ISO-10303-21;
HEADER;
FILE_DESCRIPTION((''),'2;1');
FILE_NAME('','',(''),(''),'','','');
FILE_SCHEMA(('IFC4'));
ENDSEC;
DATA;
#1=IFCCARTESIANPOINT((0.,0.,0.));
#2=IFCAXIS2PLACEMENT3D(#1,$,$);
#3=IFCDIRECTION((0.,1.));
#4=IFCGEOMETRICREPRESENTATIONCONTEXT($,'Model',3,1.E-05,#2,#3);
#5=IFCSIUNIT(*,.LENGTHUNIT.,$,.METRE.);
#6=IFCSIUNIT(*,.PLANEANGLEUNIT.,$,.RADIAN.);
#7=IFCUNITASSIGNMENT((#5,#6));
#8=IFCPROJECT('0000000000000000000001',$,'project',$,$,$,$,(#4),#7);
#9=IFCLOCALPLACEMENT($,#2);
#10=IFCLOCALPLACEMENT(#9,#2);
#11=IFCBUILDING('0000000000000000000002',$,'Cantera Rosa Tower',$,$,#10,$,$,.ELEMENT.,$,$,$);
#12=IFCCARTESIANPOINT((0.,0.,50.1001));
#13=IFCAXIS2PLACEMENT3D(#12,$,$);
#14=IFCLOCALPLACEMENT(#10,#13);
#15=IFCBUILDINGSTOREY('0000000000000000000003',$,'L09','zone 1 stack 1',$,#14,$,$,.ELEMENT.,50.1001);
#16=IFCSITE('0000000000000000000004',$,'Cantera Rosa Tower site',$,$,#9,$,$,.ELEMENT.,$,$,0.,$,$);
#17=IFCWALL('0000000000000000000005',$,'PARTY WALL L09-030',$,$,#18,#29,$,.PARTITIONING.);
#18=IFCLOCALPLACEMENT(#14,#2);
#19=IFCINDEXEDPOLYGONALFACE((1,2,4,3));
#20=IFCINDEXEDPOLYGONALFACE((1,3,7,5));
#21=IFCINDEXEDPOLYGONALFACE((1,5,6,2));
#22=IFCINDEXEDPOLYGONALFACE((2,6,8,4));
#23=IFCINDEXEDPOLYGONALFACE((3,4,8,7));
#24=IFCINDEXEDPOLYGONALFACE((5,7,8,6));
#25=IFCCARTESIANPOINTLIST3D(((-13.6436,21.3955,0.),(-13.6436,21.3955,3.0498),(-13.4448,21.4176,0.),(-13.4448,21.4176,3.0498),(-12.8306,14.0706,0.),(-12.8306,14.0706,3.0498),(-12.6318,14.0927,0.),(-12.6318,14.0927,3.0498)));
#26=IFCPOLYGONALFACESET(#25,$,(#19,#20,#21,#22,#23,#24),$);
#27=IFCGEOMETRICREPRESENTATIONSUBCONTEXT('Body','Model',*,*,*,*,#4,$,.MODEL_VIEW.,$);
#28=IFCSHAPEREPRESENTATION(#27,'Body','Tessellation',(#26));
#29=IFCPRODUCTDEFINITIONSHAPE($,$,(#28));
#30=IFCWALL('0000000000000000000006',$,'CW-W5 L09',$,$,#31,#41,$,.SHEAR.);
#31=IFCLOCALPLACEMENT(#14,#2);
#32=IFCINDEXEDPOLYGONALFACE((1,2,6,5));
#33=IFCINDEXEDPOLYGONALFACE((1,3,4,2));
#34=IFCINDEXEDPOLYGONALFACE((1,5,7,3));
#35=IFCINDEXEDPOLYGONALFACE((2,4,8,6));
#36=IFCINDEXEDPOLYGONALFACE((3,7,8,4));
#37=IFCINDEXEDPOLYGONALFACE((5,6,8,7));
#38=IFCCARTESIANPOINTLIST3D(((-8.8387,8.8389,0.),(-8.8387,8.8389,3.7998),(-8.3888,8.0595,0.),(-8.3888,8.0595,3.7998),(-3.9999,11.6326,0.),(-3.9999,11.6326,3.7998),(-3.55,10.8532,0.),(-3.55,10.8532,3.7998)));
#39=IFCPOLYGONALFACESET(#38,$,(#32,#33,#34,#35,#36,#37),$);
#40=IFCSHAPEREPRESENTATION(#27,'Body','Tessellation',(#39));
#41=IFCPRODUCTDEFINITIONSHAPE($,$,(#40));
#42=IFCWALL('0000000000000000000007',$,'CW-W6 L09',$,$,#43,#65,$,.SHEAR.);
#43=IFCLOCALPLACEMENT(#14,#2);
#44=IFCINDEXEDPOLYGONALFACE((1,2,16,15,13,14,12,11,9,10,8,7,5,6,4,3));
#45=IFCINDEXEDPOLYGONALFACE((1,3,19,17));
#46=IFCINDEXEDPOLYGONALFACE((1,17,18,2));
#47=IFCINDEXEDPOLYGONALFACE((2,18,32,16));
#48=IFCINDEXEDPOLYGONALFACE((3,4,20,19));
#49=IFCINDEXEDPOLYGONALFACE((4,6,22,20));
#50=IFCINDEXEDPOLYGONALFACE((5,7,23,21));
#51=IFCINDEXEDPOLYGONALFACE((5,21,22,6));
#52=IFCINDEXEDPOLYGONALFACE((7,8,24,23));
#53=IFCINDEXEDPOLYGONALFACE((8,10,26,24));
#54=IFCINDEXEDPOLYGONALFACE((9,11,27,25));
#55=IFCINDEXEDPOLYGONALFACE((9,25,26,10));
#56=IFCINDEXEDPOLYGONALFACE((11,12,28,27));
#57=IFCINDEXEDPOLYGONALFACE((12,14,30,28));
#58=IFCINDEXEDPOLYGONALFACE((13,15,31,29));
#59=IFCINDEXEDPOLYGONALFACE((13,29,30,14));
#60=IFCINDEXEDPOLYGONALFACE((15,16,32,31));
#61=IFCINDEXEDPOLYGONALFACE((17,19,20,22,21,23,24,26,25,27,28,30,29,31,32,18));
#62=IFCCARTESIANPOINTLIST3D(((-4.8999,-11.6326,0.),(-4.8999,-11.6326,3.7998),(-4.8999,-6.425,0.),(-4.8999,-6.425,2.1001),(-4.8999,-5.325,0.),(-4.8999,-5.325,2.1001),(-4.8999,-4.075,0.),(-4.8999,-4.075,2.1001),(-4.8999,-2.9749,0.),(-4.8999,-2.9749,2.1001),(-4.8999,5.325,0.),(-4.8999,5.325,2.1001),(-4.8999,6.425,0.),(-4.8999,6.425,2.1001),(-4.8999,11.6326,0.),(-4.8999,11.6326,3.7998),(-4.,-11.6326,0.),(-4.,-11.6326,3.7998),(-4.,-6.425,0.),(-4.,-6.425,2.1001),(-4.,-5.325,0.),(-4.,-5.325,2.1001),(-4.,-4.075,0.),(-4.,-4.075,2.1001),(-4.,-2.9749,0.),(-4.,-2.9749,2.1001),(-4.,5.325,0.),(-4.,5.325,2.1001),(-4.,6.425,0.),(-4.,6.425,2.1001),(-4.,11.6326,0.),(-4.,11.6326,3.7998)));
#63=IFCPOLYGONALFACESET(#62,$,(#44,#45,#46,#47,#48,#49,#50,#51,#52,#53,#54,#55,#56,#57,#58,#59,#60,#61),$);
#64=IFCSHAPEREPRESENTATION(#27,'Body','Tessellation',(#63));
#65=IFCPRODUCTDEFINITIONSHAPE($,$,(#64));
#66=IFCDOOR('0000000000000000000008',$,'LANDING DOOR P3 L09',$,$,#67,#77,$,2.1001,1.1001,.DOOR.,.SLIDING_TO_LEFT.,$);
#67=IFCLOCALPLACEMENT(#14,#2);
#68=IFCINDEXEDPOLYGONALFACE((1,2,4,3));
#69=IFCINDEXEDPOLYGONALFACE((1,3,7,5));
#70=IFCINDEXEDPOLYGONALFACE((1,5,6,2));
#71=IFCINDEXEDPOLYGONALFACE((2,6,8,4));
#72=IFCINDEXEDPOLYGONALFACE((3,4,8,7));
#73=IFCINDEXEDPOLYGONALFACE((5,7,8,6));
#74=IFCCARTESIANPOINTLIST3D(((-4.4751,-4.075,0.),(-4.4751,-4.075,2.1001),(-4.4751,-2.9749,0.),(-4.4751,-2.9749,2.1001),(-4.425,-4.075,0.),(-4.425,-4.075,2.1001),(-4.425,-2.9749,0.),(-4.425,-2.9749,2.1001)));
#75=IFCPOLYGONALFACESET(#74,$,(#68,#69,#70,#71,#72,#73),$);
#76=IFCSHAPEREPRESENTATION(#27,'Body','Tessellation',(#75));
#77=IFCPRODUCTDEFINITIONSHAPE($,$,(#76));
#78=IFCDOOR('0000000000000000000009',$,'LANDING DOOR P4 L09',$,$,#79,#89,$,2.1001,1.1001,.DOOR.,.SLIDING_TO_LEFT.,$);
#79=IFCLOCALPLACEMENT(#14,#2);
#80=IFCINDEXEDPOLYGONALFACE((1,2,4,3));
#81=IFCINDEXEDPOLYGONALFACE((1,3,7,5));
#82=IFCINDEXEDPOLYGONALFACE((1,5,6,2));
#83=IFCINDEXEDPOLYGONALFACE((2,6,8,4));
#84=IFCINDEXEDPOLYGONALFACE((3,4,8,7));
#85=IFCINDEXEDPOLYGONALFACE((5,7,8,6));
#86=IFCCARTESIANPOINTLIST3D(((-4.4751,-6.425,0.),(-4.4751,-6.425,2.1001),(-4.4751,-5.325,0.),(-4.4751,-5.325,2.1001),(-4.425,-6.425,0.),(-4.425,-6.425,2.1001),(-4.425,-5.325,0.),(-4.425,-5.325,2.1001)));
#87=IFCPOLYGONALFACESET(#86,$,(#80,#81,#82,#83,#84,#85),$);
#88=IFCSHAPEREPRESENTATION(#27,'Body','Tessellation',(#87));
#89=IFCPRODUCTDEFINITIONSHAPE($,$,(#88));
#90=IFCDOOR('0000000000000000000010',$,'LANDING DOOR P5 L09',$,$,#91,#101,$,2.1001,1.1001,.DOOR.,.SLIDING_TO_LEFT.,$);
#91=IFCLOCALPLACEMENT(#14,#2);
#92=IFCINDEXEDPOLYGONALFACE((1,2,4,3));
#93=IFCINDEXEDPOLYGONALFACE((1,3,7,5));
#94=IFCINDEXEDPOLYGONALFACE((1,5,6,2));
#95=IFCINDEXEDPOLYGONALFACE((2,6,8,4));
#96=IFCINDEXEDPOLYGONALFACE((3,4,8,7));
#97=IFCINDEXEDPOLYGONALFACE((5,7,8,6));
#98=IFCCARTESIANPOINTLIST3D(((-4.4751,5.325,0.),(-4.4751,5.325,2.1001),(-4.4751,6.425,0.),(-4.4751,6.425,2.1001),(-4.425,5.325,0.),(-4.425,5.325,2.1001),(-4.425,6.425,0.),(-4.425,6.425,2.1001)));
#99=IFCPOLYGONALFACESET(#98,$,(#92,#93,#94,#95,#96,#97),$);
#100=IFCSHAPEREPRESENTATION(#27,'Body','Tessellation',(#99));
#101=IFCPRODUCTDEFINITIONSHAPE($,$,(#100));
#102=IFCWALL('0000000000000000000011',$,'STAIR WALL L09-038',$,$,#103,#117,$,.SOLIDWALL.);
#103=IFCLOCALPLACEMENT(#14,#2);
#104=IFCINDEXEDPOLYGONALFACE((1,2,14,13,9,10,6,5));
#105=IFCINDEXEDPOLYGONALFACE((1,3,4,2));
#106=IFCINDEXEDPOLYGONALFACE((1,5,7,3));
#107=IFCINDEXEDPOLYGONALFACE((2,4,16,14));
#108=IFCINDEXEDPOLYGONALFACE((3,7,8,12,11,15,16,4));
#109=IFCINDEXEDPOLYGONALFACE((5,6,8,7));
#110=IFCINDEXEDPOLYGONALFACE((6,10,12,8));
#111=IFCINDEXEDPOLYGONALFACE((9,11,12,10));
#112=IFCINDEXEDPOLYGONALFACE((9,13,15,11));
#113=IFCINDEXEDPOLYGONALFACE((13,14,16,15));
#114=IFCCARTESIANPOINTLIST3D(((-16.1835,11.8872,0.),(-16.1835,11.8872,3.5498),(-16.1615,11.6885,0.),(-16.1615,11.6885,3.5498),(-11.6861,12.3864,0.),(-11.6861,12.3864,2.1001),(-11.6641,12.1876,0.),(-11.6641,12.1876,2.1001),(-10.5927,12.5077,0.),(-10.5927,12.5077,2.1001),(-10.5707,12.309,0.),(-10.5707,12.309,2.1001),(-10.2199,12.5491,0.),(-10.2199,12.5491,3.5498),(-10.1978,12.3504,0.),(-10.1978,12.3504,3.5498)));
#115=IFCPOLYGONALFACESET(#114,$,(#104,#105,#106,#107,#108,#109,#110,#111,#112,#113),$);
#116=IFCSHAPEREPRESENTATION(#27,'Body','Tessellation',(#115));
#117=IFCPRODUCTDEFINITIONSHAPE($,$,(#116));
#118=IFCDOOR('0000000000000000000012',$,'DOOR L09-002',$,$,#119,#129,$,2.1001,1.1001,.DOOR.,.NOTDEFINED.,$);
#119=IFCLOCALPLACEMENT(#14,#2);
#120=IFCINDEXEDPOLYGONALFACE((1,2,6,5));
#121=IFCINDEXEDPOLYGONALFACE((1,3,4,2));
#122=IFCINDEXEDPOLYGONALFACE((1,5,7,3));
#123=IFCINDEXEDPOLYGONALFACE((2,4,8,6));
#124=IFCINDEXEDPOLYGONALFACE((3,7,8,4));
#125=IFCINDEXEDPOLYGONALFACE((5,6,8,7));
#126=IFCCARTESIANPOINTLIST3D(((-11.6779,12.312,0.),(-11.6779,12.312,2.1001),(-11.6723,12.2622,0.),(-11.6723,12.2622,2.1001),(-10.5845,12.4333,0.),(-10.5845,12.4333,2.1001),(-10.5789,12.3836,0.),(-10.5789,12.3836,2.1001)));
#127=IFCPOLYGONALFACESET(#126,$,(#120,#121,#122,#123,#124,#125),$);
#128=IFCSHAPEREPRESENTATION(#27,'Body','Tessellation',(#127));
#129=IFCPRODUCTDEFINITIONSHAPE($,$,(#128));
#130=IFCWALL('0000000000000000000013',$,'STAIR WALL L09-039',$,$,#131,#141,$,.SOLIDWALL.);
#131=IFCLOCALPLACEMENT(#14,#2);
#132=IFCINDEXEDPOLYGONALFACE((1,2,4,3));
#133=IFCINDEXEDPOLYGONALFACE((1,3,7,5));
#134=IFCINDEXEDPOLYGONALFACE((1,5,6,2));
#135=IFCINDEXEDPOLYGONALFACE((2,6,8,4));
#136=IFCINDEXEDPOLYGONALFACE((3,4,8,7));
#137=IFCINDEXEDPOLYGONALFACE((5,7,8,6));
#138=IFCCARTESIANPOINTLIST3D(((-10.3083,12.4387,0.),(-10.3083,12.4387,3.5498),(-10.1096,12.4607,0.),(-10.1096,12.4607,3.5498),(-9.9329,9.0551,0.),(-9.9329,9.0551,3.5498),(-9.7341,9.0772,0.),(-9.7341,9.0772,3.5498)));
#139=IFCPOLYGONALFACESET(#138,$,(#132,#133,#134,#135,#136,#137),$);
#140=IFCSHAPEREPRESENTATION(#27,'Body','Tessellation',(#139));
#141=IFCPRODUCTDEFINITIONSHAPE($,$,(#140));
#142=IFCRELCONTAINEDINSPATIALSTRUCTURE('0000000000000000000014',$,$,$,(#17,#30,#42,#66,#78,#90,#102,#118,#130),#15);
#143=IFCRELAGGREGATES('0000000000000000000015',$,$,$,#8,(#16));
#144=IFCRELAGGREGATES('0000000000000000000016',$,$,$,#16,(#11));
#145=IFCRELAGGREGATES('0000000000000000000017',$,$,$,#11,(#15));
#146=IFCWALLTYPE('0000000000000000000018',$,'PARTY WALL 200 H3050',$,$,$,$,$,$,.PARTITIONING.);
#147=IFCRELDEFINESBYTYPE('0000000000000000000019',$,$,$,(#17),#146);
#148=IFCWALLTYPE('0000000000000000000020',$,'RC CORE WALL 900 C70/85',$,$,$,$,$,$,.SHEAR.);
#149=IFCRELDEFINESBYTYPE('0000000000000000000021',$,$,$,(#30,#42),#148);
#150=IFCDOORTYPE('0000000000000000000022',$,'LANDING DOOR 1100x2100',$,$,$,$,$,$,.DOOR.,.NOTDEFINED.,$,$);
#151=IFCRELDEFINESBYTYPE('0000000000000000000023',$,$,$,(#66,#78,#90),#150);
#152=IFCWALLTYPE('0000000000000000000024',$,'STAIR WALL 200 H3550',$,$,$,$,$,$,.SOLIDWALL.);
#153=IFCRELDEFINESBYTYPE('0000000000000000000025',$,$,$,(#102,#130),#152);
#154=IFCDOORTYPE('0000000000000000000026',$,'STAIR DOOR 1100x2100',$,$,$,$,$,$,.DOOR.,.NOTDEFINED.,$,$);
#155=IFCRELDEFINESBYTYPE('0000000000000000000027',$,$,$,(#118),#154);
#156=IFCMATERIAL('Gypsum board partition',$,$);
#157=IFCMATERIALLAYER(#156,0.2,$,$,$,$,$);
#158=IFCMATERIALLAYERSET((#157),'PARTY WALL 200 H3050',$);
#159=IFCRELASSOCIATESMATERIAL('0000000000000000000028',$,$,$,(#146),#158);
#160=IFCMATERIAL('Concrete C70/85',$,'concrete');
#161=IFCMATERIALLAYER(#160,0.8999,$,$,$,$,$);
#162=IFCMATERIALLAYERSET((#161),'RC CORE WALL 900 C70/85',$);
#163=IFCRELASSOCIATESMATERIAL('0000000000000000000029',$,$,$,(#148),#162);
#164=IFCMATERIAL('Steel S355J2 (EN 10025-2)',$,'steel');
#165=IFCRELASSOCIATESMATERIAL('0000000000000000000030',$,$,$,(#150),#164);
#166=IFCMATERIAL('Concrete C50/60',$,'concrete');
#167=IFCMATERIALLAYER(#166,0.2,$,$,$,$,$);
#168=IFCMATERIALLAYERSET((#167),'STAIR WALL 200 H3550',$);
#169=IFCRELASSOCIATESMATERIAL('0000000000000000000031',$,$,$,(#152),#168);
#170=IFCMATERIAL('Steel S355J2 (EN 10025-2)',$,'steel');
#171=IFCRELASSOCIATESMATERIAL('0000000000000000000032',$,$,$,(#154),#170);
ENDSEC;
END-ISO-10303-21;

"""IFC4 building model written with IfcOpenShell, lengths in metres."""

from ifc_helpers import new_model, si_unit, direction, frame, frame_2d, origin, place, context, subcontext, project, spatial, rectangle, extrude, material, layer, layer_set, type_object, element, fill, save


model = new_model("IFC4")

# Units and contexts
model_context = context("Model", 3, precision=1e-05, world=origin(), true_north=direction((0.0, 1.0)))
body_context = subcontext(model_context, "Body", "Model", "MODEL_VIEW")
ifc_project = project(units=[si_unit("LENGTHUNIT", "METRE"), si_unit("PLANEANGLEUNIT", "RADIAN")], contexts=[model_context])

# Site, building, storey
site_placement = place(None, origin())
site = spatial("IfcSite", under=ifc_project, at=site_placement, Name="Cantera Rosa Tower site", CompositionType="ELEMENT", RefElevation=0.0)
building_placement = place(site_placement, origin())
building = spatial("IfcBuilding", under=site, at=building_placement, Name="Cantera Rosa Tower", CompositionType="ELEMENT")
storey_placement = place(building_placement, frame((0.0, 0.0, 50.1001)))
storey = spatial("IfcBuildingStorey", under=building, at=storey_placement, Name="L09", Description="zone 1 stack 1", CompositionType="ELEMENT", Elevation=50.1001)

# Walls
ifc_material_1 = material(Name="Gypsum board partition")
ifc_layer_1 = layer(ifc_material_1, 0.2)
ifc_layer_set_1 = layer_set([ifc_layer_1], Name="PARTY WALL 200 H3050")
wall_type_1 = type_object("IfcWallType", Name="PARTY WALL 200 H3050", PredefinedType="PARTITIONING", material=ifc_layer_set_1)
wall_1_placement = place(storey_placement, frame((-12.7312, 14.0815, 0.0), z_axis=(0.0, 0.0, 1.0), x_axis=(-0.110312, 0.993897, 0.0)))
element("IfcWall", 1, at=wall_1_placement, inside=storey, type_object=wall_type_1, Name="PARTY WALL L09-030", PredefinedType="PARTITIONING", context=body_context, shape_type="SweptSolid", body=[
    extrude(rectangle(XDim=7.3699, YDim=0.2, at=frame_2d((3.6851, 0.0))), origin(), (0.0, 0.0, 1.0), 3.0498),
])
ifc_material_2 = material(Name="Concrete C70/85", Category="concrete")
ifc_layer_2 = layer(ifc_material_2, 0.8999)
ifc_layer_set_2 = layer_set([ifc_layer_2], Name="RC CORE WALL 900 C70/85")
wall_type_2 = type_object("IfcWallType", Name="RC CORE WALL 900 C70/85", PredefinedType="SHEAR", material=ifc_layer_set_2)
wall_2_placement = place(storey_placement, frame((-8.6138, 8.4492, 0.0), z_axis=(0.0, 0.0, 1.0), x_axis=(0.866027, 0.499997, 0.0)))
element("IfcWall", 2, at=wall_2_placement, inside=storey, type_object=wall_type_2, Name="CW-W5 L09", PredefinedType="SHEAR", context=body_context, shape_type="SweptSolid", body=[
    extrude(rectangle(XDim=5.5874, YDim=0.8999, at=frame_2d((2.7937, 0.0))), origin(), (0.0, 0.0, 1.0), 3.7998),
])

# Wall, openings, doors
wall_3_placement = place(storey_placement, frame((-4.45, 11.6326, 0.0), z_axis=(0.0, 0.0, 1.0), x_axis=(0.0, -1.0, 0.0)))
wall_3 = element("IfcWall", 3, at=wall_3_placement, inside=storey, type_object=wall_type_2, Name="CW-W6 L09", PredefinedType="SHEAR", context=body_context, shape_type="SweptSolid", body=[
    extrude(rectangle(XDim=23.2651, YDim=0.8999, at=frame_2d((11.6326, 0.0))), origin(), (0.0, 0.0, 1.0), 3.7998),
])
opening_1_placement = place(wall_3_placement, frame((14.6074, 0.0, 0.0)))
opening_1 = element("IfcOpeningElement", 4, at=opening_1_placement, cuts=wall_3, PredefinedType="OPENING", context=body_context, shape_type="SweptSolid", body=[
    extrude(rectangle(XDim=1.1001, YDim=2.1001, at=frame_2d((0.55, 1.05))), frame((0.0, 0.46, 0.0), z_axis=(0.0, -1.0, 0.0), x_axis=(1.0, 0.0, 0.0)), (0.0, 0.0, 1.0), 0.9199),
])
opening_2_placement = place(wall_3_placement, frame((16.9575, 0.0, 0.0)))
opening_2 = element("IfcOpeningElement", 5, at=opening_2_placement, cuts=wall_3, PredefinedType="OPENING", context=body_context, shape_type="SweptSolid", body=[
    extrude(rectangle(XDim=1.1001, YDim=2.1001, at=frame_2d((0.55, 1.05))), frame((0.0, 0.46, 0.0), z_axis=(0.0, -1.0, 0.0), x_axis=(1.0, 0.0, 0.0)), (0.0, 0.0, 1.0), 0.9199),
])
opening_3_placement = place(wall_3_placement, frame((5.2075, 0.0, 0.0)))
opening_3 = element("IfcOpeningElement", 6, at=opening_3_placement, cuts=wall_3, PredefinedType="OPENING", context=body_context, shape_type="SweptSolid", body=[
    extrude(rectangle(XDim=1.1001, YDim=2.1001, at=frame_2d((0.55, 1.05))), frame((0.0, 0.46, 0.0), z_axis=(0.0, -1.0, 0.0), x_axis=(1.0, 0.0, 0.0)), (0.0, 0.0, 1.0), 0.9199),
])
ifc_material_3 = material(Name="Steel S355J2 (EN 10025-2)", Category="steel")
door_type_1 = type_object("IfcDoorType", Name="LANDING DOOR 1100x2100", OperationType="NOTDEFINED", PredefinedType="DOOR", material=ifc_material_3)
door_1_placement = place(opening_1_placement, origin())
door_1 = element("IfcDoor", 7, at=door_1_placement, inside=storey, type_object=door_type_1, Name="LANDING DOOR P3 L09", OperationType="SLIDING_TO_LEFT", OverallHeight=2.1001, OverallWidth=1.1001, PredefinedType="DOOR", context=body_context, shape_type="SweptSolid", body=[
    extrude(rectangle(XDim=1.1001, YDim=2.1001, at=frame_2d((0.55, 1.05))), frame((0.0, 0.0249, 0.0), z_axis=(0.0, -1.0, 0.0), x_axis=(1.0, 0.0, 0.0)), (0.0, 0.0, 1.0), 0.05),
])
fill(opening_1, door_1)
door_2_placement = place(opening_2_placement, origin())
door_2 = element("IfcDoor", 8, at=door_2_placement, inside=storey, type_object=door_type_1, Name="LANDING DOOR P4 L09", OperationType="SLIDING_TO_LEFT", OverallHeight=2.1001, OverallWidth=1.1001, PredefinedType="DOOR", context=body_context, shape_type="SweptSolid", body=[
    extrude(rectangle(XDim=1.1001, YDim=2.1001, at=frame_2d((0.55, 1.05))), frame((0.0, 0.0249, 0.0), z_axis=(0.0, -1.0, 0.0), x_axis=(1.0, 0.0, 0.0)), (0.0, 0.0, 1.0), 0.05),
])
fill(opening_2, door_2)
door_3_placement = place(opening_3_placement, origin())
door_3 = element("IfcDoor", 9, at=door_3_placement, inside=storey, type_object=door_type_1, Name="LANDING DOOR P5 L09", OperationType="SLIDING_TO_LEFT", OverallHeight=2.1001, OverallWidth=1.1001, PredefinedType="DOOR", context=body_context, shape_type="SweptSolid", body=[
    extrude(rectangle(XDim=1.1001, YDim=2.1001, at=frame_2d((0.55, 1.05))), frame((0.0, 0.0249, 0.0), z_axis=(0.0, -1.0, 0.0), x_axis=(1.0, 0.0, 0.0)), (0.0, 0.0, 1.0), 0.05),
])
fill(opening_3, door_3)

# Wall, opening, door
ifc_material_4 = material(Name="Concrete C50/60", Category="concrete")
ifc_layer_3 = layer(ifc_material_4, 0.2)
ifc_layer_set_3 = layer_set([ifc_layer_3], Name="STAIR WALL 200 H3550")
wall_type_3 = type_object("IfcWallType", Name="STAIR WALL 200 H3550", PredefinedType="SOLIDWALL", material=ifc_layer_set_3)
wall_4_placement = place(storey_placement, frame((-10.209, 12.4497, 0.0), z_axis=(0.0, 0.0, 1.0), x_axis=(-0.993898, -0.110306, 0.0)))
wall_4 = element("IfcWall", 10, at=wall_4_placement, inside=storey, type_object=wall_type_3, Name="STAIR WALL L09-038", PredefinedType="SOLIDWALL", context=body_context, shape_type="SweptSolid", body=[
    extrude(rectangle(XDim=6.0002, YDim=0.2, at=frame_2d((3.0, 0.0))), origin(), (0.0, 0.0, 1.0), 3.5498),
])
opening_4_placement = place(wall_4_placement, frame((0.375, 0.0, 0.0)))
opening_4 = element("IfcOpeningElement", 11, at=opening_4_placement, cuts=wall_4, PredefinedType="OPENING", context=body_context, shape_type="SweptSolid", body=[
    extrude(rectangle(XDim=1.1001, YDim=2.1001, at=frame_2d((0.55, 1.05))), frame((0.0, 0.1099, 0.0), z_axis=(0.0, -1.0, 0.0), x_axis=(1.0, 0.0, 0.0)), (0.0, 0.0, 1.0), 0.22),
])
ifc_material_5 = material(Name="Steel S355J2 (EN 10025-2)", Category="steel")
door_type_2 = type_object("IfcDoorType", Name="STAIR DOOR 1100x2100", OperationType="NOTDEFINED", PredefinedType="DOOR", material=ifc_material_5)
door_4_placement = place(opening_4_placement, origin())
door_4 = element("IfcDoor", 12, at=door_4_placement, inside=storey, type_object=door_type_2, Name="DOOR L09-002", OperationType="NOTDEFINED", OverallHeight=2.1001, OverallWidth=1.1001, PredefinedType="DOOR", context=body_context, shape_type="SweptSolid", body=[
    extrude(rectangle(XDim=1.1001, YDim=2.1001, at=frame_2d((0.55, 1.05))), frame((0.0, 0.0249, 0.0), z_axis=(0.0, -1.0, 0.0), x_axis=(1.0, 0.0, 0.0)), (0.0, 0.0, 1.0), 0.05),
])
fill(opening_4, door_4)

# Wall
wall_5_placement = place(storey_placement, frame((-9.8335, 9.0662, 0.0), z_axis=(0.0, 0.0, 1.0), x_axis=(-0.110298, 0.993899, 0.0)))
element("IfcWall", 13, at=wall_5_placement, inside=storey, type_object=wall_type_3, Name="STAIR WALL L09-039", PredefinedType="SOLIDWALL", context=body_context, shape_type="SweptSolid", body=[
    extrude(rectangle(XDim=3.4043, YDim=0.2, at=frame_2d((1.7021, 0.0))), origin(), (0.0, 0.0, 1.0), 3.5498),
])

save(model, "model.ifc")
